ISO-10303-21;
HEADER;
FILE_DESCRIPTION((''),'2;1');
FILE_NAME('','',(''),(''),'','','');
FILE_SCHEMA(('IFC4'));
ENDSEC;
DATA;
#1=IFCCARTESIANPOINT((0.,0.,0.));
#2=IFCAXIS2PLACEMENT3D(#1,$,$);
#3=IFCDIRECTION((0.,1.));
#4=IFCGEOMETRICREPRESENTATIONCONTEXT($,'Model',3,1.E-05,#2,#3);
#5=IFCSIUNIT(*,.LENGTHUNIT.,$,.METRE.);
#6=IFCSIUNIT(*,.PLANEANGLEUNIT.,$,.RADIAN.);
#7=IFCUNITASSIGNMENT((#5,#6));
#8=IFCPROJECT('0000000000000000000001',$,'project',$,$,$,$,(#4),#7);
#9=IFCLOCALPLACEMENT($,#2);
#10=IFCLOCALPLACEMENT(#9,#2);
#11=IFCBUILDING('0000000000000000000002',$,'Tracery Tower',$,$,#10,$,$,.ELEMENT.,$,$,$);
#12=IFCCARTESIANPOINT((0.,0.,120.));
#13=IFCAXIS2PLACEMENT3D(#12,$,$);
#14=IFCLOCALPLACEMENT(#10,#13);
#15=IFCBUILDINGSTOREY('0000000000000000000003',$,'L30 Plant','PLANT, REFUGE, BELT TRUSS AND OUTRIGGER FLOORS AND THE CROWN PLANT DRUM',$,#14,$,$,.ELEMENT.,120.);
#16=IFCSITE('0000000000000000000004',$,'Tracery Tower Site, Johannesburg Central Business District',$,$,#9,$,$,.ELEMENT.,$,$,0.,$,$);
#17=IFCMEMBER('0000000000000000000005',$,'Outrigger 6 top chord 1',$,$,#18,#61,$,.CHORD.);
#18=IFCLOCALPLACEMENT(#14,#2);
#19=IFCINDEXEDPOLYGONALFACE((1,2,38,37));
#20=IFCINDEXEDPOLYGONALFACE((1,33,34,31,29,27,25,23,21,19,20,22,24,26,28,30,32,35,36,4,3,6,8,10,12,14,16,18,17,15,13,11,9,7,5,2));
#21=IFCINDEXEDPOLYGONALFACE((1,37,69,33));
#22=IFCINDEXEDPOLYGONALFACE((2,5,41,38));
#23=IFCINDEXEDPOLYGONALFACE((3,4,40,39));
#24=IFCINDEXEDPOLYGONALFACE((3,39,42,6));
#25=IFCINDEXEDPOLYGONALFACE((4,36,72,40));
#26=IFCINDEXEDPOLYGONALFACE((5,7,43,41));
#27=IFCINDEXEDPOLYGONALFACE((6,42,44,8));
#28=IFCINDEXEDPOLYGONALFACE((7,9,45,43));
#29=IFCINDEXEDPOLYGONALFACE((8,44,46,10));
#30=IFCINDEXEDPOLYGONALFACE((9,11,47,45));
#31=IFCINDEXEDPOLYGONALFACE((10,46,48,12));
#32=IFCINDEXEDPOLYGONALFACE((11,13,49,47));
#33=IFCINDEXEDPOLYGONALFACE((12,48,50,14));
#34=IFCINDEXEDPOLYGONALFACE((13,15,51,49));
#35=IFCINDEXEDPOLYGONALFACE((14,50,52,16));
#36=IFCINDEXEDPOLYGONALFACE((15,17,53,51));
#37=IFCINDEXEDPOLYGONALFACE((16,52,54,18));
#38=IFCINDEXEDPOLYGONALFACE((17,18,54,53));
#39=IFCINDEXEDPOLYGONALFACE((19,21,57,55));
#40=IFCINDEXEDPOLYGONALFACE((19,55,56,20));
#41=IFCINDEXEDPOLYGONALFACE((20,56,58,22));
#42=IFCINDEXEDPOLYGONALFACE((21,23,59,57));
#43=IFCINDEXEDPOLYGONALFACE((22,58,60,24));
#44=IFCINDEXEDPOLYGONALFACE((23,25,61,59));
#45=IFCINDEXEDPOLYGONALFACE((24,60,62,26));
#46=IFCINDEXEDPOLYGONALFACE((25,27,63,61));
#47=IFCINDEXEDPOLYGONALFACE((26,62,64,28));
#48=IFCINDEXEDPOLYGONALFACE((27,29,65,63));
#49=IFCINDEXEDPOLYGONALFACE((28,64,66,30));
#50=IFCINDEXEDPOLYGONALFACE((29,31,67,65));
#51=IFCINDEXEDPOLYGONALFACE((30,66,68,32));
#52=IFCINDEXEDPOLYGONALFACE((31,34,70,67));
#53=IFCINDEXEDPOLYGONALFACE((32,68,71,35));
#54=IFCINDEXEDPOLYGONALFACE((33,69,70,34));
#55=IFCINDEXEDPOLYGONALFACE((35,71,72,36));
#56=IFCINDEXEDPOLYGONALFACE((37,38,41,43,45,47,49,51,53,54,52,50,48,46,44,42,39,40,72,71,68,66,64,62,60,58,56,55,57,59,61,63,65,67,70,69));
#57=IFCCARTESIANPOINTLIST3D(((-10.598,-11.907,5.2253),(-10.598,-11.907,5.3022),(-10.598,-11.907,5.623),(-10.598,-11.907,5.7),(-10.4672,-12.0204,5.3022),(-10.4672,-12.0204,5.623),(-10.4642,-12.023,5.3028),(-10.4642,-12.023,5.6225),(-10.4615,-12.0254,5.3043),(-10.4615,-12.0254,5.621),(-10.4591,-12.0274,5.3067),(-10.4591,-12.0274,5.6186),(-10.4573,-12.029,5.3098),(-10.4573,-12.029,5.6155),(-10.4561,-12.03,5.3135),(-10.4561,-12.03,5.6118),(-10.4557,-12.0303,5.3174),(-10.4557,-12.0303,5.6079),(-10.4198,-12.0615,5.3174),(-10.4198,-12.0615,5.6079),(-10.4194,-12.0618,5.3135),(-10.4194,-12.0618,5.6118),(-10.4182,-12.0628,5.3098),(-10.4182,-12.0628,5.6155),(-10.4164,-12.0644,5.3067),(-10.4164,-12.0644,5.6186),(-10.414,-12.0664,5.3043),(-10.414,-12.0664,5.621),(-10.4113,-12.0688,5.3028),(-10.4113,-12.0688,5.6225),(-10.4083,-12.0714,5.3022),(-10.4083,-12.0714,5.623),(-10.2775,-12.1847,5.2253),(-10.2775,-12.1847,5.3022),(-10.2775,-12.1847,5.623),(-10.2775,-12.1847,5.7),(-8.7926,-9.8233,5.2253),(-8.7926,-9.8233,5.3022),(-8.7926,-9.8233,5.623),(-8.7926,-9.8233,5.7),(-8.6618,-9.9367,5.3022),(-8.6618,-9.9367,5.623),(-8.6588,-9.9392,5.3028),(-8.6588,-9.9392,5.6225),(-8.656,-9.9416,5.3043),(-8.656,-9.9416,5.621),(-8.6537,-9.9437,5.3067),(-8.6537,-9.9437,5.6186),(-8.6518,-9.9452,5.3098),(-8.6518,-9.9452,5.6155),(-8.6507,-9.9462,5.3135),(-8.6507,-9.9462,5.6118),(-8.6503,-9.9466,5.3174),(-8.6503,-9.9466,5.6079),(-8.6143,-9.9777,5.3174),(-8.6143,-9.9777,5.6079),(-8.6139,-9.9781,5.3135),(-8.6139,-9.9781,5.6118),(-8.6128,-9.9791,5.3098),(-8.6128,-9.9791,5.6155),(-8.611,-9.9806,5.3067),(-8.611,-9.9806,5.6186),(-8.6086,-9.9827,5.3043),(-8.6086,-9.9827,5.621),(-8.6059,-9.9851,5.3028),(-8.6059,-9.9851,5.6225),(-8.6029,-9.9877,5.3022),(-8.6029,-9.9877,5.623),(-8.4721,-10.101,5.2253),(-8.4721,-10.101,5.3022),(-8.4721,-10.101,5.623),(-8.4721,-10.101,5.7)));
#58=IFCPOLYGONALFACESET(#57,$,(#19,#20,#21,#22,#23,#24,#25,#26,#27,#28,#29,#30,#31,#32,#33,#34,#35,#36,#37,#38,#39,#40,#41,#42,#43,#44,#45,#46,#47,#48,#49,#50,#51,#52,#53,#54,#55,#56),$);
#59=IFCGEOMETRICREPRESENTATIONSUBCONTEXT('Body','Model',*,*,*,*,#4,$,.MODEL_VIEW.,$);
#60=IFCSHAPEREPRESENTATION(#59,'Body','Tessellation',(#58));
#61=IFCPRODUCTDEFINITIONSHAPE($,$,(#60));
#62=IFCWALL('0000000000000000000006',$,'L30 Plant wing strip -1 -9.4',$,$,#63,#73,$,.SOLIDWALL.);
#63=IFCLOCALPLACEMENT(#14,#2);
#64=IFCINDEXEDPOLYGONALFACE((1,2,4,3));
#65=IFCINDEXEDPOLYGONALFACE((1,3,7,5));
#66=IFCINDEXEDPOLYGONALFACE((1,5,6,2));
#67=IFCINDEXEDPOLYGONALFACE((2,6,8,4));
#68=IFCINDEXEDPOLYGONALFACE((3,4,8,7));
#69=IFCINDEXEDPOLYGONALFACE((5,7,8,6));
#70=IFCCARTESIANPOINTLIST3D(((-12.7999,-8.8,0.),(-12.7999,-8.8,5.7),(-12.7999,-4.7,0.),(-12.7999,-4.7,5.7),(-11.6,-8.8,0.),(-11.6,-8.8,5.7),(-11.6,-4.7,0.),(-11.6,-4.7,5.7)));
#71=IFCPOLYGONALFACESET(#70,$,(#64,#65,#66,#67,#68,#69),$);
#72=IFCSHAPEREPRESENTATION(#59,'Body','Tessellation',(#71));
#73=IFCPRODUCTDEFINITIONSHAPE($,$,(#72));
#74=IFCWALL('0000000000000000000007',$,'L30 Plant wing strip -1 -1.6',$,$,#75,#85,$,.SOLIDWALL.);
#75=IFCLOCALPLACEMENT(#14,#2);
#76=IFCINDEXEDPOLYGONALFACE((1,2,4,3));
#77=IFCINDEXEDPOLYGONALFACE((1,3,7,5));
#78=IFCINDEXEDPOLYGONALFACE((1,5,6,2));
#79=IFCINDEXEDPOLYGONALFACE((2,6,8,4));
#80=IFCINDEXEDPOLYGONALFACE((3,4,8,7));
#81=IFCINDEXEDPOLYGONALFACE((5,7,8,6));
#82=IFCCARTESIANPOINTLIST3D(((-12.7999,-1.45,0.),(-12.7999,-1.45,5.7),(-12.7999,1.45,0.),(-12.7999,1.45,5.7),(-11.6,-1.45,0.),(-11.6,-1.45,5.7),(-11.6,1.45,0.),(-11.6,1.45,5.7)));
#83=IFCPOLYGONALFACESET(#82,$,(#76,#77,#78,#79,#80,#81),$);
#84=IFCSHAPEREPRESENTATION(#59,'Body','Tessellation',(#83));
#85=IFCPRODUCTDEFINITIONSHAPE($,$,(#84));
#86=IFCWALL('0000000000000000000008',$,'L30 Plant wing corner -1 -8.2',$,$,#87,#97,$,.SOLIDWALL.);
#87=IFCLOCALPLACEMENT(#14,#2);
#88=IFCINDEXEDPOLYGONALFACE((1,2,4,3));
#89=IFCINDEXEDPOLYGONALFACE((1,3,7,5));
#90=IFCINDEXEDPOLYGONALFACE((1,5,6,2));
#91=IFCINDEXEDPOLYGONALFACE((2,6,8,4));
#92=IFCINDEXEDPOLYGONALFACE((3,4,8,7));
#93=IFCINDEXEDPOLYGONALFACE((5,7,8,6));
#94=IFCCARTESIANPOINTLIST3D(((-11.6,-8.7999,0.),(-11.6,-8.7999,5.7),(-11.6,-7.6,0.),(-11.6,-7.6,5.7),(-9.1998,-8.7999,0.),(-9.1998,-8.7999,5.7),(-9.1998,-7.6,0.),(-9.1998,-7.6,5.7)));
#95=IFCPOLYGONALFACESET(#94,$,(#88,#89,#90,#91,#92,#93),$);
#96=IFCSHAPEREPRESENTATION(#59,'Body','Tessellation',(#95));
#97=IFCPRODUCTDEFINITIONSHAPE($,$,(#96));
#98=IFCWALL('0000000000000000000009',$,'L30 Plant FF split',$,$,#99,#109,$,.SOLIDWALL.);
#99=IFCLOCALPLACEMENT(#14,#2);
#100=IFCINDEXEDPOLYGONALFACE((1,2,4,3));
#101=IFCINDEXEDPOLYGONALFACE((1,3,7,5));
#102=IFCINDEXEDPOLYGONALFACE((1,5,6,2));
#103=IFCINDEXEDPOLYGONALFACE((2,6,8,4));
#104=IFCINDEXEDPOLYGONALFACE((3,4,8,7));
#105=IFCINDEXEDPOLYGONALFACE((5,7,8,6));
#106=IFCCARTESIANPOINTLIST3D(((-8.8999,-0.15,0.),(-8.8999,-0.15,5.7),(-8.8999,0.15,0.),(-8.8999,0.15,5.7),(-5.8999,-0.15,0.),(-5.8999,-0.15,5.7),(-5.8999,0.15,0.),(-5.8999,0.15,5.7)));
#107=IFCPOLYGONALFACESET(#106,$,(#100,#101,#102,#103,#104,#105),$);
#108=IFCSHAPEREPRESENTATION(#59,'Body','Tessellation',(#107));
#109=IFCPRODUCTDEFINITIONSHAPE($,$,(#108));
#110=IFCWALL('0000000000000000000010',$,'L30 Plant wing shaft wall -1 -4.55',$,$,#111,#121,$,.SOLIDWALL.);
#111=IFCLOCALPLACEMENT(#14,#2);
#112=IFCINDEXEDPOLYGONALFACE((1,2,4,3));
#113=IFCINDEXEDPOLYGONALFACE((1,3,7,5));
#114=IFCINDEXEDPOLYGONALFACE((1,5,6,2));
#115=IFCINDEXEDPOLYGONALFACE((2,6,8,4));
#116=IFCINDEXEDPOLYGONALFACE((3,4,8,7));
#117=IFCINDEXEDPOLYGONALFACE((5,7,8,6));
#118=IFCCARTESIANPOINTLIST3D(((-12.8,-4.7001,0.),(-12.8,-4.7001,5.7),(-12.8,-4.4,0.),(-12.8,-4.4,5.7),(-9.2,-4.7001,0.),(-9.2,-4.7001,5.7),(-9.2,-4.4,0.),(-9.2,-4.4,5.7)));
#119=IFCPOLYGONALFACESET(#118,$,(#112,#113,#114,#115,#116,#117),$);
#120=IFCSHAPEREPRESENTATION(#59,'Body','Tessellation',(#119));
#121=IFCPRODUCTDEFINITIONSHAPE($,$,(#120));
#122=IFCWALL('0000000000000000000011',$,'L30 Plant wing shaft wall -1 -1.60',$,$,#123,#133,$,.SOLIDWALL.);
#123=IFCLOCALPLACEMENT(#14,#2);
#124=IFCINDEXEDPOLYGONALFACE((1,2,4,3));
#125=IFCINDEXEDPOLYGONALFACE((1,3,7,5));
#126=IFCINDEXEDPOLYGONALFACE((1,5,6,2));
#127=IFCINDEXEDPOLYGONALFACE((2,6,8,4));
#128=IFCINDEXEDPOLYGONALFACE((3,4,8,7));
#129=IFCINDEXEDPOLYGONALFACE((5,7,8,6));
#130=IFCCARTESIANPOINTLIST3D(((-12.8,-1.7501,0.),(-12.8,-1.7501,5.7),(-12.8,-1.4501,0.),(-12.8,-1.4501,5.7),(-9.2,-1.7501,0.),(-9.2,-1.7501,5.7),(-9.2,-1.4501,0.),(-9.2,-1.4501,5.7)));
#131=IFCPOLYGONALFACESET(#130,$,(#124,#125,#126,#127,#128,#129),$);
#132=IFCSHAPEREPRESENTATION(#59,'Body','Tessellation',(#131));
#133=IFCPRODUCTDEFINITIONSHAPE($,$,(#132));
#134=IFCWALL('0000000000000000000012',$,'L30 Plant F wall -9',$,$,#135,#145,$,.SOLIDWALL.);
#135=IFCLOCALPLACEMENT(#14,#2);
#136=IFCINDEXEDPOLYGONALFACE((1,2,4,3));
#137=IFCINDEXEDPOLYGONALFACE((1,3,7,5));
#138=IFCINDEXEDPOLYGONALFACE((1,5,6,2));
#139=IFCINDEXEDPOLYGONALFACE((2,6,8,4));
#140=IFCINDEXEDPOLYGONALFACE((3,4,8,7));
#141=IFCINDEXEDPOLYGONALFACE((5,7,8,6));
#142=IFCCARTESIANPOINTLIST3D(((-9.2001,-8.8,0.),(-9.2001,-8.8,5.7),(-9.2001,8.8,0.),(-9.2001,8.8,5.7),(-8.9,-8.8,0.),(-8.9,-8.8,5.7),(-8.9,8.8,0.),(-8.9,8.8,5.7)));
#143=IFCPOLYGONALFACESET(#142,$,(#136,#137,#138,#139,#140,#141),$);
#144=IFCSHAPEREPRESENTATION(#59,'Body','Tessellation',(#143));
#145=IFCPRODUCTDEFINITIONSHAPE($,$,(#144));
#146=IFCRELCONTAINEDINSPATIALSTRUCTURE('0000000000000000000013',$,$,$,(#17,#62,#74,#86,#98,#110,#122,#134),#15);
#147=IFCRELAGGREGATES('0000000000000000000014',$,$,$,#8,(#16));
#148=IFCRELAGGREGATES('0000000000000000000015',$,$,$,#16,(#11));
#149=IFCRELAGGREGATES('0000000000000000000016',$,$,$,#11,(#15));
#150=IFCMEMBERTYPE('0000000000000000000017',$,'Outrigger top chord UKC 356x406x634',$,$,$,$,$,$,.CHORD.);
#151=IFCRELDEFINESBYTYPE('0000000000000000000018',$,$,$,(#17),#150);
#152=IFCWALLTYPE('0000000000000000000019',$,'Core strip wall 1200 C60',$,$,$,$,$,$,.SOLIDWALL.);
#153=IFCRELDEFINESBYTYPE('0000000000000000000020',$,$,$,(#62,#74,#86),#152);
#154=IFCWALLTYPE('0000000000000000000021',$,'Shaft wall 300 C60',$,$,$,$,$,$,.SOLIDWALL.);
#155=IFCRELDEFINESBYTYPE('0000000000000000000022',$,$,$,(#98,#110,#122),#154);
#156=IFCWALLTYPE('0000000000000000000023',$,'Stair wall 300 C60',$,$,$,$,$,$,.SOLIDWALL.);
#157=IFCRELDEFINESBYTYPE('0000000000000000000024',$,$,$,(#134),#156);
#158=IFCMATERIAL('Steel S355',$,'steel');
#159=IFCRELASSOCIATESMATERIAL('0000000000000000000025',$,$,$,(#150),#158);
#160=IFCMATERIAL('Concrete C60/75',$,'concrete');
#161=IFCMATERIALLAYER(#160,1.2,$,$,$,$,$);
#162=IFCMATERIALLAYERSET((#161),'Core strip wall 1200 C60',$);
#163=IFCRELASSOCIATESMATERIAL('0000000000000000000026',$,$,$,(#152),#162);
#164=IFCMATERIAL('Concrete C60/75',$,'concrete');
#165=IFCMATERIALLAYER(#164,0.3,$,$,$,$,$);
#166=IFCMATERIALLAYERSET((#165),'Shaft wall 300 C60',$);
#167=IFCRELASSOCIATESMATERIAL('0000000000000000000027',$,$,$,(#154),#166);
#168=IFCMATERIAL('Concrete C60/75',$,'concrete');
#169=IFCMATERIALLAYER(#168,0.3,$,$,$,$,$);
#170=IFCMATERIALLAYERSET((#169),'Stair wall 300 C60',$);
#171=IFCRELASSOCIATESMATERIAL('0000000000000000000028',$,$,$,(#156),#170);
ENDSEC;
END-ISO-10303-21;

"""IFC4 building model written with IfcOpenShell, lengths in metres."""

from ifc_helpers import new_model, si_unit, direction, frame, frame_2d, origin, origin_2d, place, context, subcontext, project, spatial, rectangle, i_section, extrude, material, layer, layer_set, material_profile, profile_set, type_object, element, save


model = new_model("IFC4")

# Units and contexts
model_context = context("Model", 3, precision=1e-05, world=origin(), true_north=direction((0.0, 1.0)))
body_context = subcontext(model_context, "Body", "Model", "MODEL_VIEW")
ifc_project = project(units=[si_unit("LENGTHUNIT", "METRE"), si_unit("PLANEANGLEUNIT", "RADIAN")], contexts=[model_context])

# Site, building, storey
site_placement = place(None, origin())
site = spatial("IfcSite", under=ifc_project, at=site_placement, Name="Tracery Tower Site, Johannesburg Central Business District", CompositionType="ELEMENT", RefElevation=0.0)
building_placement = place(site_placement, origin())
building = spatial("IfcBuilding", under=site, at=building_placement, Name="Tracery Tower", CompositionType="ELEMENT")
storey_placement = place(building_placement, frame((0.0, 0.0, 120.0)))
storey = spatial("IfcBuildingStorey", under=building, at=storey_placement, Name="L30 Plant", Description="PLANT, REFUGE, BELT TRUSS AND OUTRIGGER FLOORS AND THE CROWN PLANT DRUM", CompositionType="ELEMENT", Elevation=120.0)

# Member
ifc_material_1 = material(Name="Steel S355", Category="steel")
ifc_material_profile_1 = material_profile(ifc_material_1, i_section(OverallWidth=0.4241, OverallDepth=0.4746, WebThickness=0.0476, FlangeThickness=0.0769, FilletRadius=0.0151, at=origin_2d()), Name="UKC 356x406x634")
ifc_profile_set_1 = profile_set([ifc_material_profile_1], Name="Steel S355")
member_type_1 = type_object("IfcMemberType", Name="Outrigger top chord UKC 356x406x634", PredefinedType="CHORD", material=ifc_profile_set_1)
member_1_placement = place(storey_placement, frame((-8.6323, -9.9622, 5.4626), z_axis=(-0.654829, -0.755777, 0.0), x_axis=(0.755777, -0.654829, 0.0)))
element("IfcMember", 1, at=member_1_placement, inside=storey, type_object=member_type_1, Name="Outrigger 6 top chord 1", PredefinedType="CHORD", context=body_context, shape_type="SweptSolid", body=[
    extrude(i_section(OverallWidth=0.4241, OverallDepth=0.4746, WebThickness=0.0476, FlangeThickness=0.0769, FilletRadius=0.0151, at=origin_2d()), origin(), (0.0, 0.0, 1.0), 2.7571),
])

# Walls
ifc_material_2 = material(Name="Concrete C60/75", Category="concrete")
ifc_layer_1 = layer(ifc_material_2, 1.2)
ifc_layer_set_1 = layer_set([ifc_layer_1], Name="Core strip wall 1200 C60")
wall_type_1 = type_object("IfcWallType", Name="Core strip wall 1200 C60", PredefinedType="SOLIDWALL", material=ifc_layer_set_1)
wall_1_placement = place(storey_placement, frame((-12.2, -8.8, 0.0), z_axis=(0.0, 0.0, 1.0), x_axis=(0.0, 1.0, 0.0)))
element("IfcWall", 2, at=wall_1_placement, inside=storey, type_object=wall_type_1, Name="L30 Plant wing strip -1 -9.4", PredefinedType="SOLIDWALL", context=body_context, shape_type="SweptSolid", body=[
    extrude(rectangle(XDim=4.1001, YDim=1.2, at=frame_2d((2.05, 0.0))), origin(), (0.0, 0.0, 1.0), 5.7),
])
wall_2_placement = place(storey_placement, frame((-12.2, -1.45, 0.0), z_axis=(0.0, 0.0, 1.0), x_axis=(0.0, 1.0, 0.0)))
element("IfcWall", 3, at=wall_2_placement, inside=storey, type_object=wall_type_1, Name="L30 Plant wing strip -1 -1.6", PredefinedType="SOLIDWALL", context=body_context, shape_type="SweptSolid", body=[
    extrude(rectangle(XDim=2.8999, YDim=1.2, at=frame_2d((1.45, 0.0))), origin(), (0.0, 0.0, 1.0), 5.7),
])
wall_3_placement = place(storey_placement, frame((-11.6001, -8.2, 0.0), z_axis=(0.0, 0.0, 1.0), x_axis=(1.0, 0.0, 0.0)))
element("IfcWall", 4, at=wall_3_placement, inside=storey, type_object=wall_type_1, Name="L30 Plant wing corner -1 -8.2", PredefinedType="SOLIDWALL", context=body_context, shape_type="SweptSolid", body=[
    extrude(rectangle(XDim=2.4001, YDim=1.2, at=frame_2d((1.2002, 0.0))), origin(), (0.0, 0.0, 1.0), 5.7),
])

# Wall
ifc_material_3 = material(Name="Concrete C60/75", Category="concrete")
ifc_layer_2 = layer(ifc_material_3, 0.3)
ifc_layer_set_2 = layer_set([ifc_layer_2], Name="Shaft wall 300 C60")
wall_type_2 = type_object("IfcWallType", Name="Shaft wall 300 C60", PredefinedType="SOLIDWALL", material=ifc_layer_set_2)
wall_4_placement = place(storey_placement, frame((-8.8999, 0.0, 0.0), z_axis=(0.0, 0.0, 1.0), x_axis=(1.0, 0.0, 0.0)))
element("IfcWall", 5, at=wall_4_placement, inside=storey, type_object=wall_type_2, Name="L30 Plant FF split", PredefinedType="SOLIDWALL", context=body_context, shape_type="SweptSolid", body=[
    extrude(rectangle(XDim=3.0, YDim=0.3, at=frame_2d((1.5, 0.0))), origin(), (0.0, 0.0, 1.0), 5.7),
])

# Walls
for number, where, z_axis, x_axis, name in (
    (6, (-12.8, -4.55, 0.0), (0.0, 0.0, 1.0), (1.0, 0.0, 0.0), "L30 Plant wing shaft wall -1 -4.55"),
    (7, (-12.8, -1.6001, 0.0), (0.0, 0.0, 1.0), (1.0, 0.0, 0.0), "L30 Plant wing shaft wall -1 -1.60"),
):
    element("IfcWall", number, at=place(storey_placement, frame(where, z_axis=z_axis, x_axis=x_axis)), inside=storey, type_object=wall_type_2, Name=name, PredefinedType="SOLIDWALL", context=body_context, shape_type="SweptSolid", body=[
        extrude(rectangle(XDim=3.6001, YDim=0.3, at=frame_2d((1.8, 0.0))), origin(), (0.0, 0.0, 1.0), 5.7),
    ])

# Shared definitions
ifc_material_4 = material(Name="Concrete C60/75", Category="concrete")
ifc_layer_3 = layer(ifc_material_4, 0.3)
ifc_layer_set_3 = layer_set([ifc_layer_3], Name="Stair wall 300 C60")
wall_type_3 = type_object("IfcWallType", Name="Stair wall 300 C60", PredefinedType="SOLIDWALL", material=ifc_layer_set_3)

# Wall
wall_5_placement = place(storey_placement, frame((-9.05, -8.8, 0.0), z_axis=(0.0, 0.0, 1.0), x_axis=(0.0, 1.0, 0.0)))
element("IfcWall", 8, at=wall_5_placement, inside=storey, type_object=wall_type_3, Name="L30 Plant F wall -9", PredefinedType="SOLIDWALL", context=body_context, shape_type="SweptSolid", body=[
    extrude(rectangle(XDim=17.6001, YDim=0.3, at=frame_2d((8.8, 0.0))), origin(), (0.0, 0.0, 1.0), 5.7),
])

save(model, "model.ifc")
